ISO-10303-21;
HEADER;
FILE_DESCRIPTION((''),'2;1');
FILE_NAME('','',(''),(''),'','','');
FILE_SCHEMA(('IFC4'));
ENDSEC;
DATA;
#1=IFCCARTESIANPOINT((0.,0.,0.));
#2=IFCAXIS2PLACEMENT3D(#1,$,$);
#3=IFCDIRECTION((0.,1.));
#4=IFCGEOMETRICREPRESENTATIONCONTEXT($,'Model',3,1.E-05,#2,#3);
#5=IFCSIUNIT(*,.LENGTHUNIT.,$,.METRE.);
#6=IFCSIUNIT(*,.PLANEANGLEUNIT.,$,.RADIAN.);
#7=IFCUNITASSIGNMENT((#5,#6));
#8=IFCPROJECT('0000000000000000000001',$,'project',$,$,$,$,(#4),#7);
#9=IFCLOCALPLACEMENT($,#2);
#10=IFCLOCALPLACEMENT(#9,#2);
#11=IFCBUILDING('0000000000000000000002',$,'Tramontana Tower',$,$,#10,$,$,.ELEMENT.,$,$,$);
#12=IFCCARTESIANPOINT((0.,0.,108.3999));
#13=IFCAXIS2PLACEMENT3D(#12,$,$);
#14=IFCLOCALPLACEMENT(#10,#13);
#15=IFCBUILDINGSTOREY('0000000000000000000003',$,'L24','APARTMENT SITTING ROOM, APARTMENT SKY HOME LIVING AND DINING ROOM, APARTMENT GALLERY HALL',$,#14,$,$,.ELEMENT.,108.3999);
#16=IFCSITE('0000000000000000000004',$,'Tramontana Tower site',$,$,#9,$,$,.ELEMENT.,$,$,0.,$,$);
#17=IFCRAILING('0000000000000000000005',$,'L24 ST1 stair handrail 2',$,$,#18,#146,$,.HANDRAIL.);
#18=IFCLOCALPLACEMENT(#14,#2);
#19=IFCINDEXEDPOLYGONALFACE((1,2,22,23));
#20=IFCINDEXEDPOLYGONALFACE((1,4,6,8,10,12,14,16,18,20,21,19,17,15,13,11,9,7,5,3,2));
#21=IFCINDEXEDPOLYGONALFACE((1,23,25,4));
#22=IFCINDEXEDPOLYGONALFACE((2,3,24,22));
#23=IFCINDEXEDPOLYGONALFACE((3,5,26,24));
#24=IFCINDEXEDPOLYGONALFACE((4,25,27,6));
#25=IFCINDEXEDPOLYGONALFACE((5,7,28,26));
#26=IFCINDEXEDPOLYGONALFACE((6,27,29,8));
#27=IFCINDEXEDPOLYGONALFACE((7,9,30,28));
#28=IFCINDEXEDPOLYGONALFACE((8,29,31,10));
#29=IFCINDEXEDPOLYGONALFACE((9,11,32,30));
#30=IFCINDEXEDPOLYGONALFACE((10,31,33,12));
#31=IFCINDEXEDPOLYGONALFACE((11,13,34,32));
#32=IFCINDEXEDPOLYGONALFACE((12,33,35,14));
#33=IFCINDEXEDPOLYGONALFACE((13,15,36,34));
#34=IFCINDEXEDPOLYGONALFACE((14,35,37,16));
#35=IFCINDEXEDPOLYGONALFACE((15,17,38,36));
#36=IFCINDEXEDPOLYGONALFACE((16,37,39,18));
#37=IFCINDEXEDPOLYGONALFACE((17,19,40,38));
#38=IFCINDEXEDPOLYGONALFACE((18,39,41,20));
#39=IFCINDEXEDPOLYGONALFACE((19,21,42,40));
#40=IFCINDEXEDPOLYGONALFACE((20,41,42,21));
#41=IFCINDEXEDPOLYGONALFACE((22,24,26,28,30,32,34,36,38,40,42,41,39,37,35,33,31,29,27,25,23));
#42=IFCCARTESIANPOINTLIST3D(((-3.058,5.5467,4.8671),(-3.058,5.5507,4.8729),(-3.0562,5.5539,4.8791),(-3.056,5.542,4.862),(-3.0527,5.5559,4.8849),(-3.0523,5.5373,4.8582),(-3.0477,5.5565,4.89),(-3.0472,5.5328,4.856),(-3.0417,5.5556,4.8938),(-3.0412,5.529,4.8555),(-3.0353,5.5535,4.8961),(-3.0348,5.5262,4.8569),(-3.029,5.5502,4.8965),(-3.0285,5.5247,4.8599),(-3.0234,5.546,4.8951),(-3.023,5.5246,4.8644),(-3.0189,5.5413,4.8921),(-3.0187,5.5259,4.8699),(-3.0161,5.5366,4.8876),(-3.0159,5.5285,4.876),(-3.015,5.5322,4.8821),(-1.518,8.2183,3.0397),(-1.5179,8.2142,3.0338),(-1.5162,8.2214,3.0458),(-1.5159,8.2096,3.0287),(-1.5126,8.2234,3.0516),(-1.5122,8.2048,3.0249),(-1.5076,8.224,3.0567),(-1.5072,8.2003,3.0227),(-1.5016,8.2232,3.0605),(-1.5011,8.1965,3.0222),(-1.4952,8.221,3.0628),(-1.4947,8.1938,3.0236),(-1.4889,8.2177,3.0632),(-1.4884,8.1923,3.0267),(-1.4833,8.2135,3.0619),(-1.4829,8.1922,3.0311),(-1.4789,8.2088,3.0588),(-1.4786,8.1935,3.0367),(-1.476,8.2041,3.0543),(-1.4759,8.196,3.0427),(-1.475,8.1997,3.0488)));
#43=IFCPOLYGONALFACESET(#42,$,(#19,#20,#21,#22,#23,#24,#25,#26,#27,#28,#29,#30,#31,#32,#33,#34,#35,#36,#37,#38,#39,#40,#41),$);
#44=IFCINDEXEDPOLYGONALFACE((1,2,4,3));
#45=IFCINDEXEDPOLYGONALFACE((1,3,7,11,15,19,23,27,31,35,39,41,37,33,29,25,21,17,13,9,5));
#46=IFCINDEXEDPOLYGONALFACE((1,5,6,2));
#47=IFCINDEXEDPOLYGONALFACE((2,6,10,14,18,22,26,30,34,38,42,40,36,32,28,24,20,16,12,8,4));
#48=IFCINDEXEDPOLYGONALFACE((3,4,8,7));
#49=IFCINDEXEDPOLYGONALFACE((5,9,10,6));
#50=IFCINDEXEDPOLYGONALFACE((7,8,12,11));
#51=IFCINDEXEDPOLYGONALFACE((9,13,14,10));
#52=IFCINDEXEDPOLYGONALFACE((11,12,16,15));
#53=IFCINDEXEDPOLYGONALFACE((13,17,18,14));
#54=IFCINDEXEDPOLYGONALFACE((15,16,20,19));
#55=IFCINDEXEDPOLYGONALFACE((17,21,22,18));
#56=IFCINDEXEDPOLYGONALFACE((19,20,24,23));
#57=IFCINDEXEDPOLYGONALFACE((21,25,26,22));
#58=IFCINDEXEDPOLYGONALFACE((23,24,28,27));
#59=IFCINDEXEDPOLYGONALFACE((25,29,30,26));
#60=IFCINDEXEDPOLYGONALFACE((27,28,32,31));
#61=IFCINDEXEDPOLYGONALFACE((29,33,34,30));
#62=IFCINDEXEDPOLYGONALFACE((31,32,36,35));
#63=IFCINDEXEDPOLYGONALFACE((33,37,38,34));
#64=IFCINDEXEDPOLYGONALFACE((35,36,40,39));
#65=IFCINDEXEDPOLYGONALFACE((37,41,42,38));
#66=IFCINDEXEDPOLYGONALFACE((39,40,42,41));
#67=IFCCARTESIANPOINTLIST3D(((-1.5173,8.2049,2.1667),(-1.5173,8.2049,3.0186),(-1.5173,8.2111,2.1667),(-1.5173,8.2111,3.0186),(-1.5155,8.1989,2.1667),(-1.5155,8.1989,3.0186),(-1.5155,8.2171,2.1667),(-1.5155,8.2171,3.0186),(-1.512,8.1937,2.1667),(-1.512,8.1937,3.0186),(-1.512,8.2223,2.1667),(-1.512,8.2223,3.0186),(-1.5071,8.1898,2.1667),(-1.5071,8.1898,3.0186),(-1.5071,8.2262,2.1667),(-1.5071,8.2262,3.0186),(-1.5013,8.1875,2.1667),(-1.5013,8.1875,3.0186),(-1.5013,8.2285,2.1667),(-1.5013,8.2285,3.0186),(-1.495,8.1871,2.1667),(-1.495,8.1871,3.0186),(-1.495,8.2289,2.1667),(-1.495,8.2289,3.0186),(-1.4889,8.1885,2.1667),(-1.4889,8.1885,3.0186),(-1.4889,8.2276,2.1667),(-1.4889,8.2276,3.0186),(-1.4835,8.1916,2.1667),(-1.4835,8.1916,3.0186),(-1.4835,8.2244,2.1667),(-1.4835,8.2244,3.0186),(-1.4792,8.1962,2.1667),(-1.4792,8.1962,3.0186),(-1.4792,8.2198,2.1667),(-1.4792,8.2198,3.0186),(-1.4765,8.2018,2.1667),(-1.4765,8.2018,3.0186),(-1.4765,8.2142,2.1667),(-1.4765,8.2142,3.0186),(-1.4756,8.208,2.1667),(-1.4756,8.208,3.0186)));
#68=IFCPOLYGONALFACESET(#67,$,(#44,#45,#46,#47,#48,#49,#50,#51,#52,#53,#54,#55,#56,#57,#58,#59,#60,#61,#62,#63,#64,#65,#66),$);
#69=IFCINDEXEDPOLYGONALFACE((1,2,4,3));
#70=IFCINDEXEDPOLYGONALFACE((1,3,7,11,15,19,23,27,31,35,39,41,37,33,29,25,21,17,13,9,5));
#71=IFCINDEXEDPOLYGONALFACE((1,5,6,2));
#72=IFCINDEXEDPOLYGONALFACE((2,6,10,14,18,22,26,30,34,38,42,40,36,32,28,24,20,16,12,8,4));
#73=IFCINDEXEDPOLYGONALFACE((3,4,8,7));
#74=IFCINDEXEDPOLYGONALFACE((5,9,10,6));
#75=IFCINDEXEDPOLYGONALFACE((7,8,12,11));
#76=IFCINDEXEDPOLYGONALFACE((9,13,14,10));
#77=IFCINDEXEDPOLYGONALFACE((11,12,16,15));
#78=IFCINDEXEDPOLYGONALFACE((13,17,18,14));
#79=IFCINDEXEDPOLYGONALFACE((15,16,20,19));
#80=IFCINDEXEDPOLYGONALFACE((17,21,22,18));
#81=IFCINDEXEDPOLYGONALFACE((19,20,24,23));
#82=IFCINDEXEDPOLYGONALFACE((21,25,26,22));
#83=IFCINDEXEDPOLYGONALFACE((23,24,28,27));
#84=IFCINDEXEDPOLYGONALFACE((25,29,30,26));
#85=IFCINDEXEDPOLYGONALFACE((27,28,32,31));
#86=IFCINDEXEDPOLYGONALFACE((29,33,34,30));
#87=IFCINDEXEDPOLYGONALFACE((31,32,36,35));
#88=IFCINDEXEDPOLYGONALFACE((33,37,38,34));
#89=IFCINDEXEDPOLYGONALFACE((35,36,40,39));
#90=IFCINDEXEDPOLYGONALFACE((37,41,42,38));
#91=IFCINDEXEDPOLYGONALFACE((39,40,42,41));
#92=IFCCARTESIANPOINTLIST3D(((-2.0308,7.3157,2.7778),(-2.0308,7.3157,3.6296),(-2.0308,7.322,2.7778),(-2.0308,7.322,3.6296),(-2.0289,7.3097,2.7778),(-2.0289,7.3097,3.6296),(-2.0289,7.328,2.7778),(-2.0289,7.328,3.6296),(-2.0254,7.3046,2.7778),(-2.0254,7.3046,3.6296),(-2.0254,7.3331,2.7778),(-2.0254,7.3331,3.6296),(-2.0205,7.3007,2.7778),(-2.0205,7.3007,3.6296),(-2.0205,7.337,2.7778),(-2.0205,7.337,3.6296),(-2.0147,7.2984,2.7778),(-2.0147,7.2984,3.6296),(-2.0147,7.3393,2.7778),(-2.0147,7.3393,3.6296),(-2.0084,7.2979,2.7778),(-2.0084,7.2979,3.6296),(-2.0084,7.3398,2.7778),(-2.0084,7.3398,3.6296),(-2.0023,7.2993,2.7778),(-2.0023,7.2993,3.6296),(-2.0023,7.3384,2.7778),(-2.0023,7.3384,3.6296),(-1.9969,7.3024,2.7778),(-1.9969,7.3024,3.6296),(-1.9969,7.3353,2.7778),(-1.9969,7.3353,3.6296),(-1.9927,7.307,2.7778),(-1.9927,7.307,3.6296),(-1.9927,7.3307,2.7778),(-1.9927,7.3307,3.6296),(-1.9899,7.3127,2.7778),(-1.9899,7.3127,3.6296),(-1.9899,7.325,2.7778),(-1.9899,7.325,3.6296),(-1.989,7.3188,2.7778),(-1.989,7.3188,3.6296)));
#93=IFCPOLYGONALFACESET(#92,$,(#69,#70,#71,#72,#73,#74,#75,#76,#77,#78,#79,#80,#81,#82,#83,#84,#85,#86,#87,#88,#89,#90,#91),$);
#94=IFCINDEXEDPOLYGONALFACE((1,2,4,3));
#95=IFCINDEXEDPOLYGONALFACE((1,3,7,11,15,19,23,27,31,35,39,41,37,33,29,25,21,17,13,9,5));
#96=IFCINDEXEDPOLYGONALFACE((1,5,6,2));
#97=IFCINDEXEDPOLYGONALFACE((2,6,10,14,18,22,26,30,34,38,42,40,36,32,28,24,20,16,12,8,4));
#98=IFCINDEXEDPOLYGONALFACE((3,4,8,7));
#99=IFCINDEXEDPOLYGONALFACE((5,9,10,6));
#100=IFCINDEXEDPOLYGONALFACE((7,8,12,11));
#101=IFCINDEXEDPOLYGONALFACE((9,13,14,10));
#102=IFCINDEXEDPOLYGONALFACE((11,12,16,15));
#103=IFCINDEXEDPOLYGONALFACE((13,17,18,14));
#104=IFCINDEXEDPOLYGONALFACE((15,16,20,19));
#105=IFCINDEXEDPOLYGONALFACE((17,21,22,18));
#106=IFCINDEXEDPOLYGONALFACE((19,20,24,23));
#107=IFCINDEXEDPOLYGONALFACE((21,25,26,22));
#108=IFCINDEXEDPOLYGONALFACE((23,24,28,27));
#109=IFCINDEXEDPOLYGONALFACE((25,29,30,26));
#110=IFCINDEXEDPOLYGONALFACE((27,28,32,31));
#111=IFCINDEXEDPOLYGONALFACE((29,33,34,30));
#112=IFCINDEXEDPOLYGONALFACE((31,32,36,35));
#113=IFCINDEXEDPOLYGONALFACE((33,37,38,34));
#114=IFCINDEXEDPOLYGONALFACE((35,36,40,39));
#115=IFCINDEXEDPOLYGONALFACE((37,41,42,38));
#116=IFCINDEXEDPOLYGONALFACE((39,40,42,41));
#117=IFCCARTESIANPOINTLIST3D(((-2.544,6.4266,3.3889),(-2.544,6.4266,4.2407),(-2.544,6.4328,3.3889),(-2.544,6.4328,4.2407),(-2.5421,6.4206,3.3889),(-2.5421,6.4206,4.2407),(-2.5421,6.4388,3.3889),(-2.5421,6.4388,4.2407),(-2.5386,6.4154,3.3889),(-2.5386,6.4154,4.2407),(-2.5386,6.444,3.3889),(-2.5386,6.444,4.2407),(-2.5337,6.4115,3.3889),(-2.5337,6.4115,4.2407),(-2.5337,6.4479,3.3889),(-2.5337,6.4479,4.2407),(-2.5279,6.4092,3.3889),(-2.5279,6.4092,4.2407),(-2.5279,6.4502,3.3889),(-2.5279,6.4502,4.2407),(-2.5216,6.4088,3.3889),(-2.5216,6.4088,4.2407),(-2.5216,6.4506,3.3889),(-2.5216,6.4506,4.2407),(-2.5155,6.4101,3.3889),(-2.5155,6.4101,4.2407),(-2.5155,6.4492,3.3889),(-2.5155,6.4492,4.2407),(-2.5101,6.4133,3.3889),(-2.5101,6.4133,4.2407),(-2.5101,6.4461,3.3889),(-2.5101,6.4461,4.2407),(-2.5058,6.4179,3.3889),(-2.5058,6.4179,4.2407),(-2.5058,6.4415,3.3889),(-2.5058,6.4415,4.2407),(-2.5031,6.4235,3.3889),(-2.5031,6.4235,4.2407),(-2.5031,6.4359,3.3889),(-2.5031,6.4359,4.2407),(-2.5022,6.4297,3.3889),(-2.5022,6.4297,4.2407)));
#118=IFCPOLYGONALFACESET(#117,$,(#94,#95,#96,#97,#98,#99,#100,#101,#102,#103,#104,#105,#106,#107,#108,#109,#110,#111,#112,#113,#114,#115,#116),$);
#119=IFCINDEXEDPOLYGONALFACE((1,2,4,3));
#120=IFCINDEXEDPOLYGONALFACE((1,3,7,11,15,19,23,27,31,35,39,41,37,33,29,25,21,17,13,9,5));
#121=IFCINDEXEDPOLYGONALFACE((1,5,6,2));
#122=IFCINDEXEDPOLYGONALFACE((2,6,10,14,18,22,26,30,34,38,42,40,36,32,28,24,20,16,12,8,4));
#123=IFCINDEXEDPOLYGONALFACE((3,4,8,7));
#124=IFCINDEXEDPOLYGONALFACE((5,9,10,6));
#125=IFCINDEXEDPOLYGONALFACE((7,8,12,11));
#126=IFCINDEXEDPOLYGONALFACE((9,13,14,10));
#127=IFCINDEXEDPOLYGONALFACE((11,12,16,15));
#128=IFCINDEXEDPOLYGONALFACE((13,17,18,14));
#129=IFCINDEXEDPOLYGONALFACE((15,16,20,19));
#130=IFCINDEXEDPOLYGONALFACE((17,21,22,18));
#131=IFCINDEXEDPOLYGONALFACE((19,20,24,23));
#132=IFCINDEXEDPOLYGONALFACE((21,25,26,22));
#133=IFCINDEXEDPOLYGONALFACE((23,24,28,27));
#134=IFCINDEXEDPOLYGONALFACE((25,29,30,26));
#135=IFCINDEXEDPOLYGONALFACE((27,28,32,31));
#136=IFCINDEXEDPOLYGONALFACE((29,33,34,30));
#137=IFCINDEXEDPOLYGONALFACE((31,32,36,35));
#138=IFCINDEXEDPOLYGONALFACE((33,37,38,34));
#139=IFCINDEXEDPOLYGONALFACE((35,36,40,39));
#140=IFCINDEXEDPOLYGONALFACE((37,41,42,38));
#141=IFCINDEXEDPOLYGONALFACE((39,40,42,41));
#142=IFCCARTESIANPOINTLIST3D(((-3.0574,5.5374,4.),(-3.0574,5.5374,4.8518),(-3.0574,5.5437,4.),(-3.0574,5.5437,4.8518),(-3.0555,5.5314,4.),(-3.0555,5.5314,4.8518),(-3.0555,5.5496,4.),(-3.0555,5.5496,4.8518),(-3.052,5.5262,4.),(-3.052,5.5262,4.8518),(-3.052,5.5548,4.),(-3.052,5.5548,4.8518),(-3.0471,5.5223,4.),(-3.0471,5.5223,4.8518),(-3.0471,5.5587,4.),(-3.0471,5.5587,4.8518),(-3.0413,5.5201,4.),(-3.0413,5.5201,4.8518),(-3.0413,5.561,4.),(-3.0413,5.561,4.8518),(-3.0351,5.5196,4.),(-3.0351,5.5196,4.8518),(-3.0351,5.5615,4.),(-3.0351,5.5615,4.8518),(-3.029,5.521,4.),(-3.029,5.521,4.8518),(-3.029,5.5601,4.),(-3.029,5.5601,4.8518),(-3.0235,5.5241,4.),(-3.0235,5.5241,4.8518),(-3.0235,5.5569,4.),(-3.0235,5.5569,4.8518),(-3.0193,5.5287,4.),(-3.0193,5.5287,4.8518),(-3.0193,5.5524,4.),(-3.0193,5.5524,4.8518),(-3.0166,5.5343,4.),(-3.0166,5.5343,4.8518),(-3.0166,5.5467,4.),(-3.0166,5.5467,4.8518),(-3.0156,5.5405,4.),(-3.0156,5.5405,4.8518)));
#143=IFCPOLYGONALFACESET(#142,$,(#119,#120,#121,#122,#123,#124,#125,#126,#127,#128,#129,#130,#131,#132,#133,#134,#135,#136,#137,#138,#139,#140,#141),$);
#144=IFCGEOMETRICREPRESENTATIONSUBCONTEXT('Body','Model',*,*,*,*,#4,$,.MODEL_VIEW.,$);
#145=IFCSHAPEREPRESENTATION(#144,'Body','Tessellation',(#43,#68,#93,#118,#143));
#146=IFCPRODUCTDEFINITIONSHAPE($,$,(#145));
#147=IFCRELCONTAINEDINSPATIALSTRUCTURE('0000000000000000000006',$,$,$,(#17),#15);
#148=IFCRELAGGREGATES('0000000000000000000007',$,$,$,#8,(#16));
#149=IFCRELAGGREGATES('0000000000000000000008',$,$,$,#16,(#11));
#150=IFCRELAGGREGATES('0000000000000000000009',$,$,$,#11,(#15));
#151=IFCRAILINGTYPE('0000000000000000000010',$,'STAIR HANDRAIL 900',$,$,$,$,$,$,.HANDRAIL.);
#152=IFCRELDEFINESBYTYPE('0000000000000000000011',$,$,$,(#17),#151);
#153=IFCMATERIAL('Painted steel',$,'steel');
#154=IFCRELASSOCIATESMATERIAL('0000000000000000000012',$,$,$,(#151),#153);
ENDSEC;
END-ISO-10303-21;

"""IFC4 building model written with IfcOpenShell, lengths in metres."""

from ifc_helpers import new_model, si_unit, direction, frame, origin, origin_2d, place, context, subcontext, project, spatial, circle, extrude, material, type_object, element, save


model = new_model("IFC4")

# Units and contexts
model_context = context("Model", 3, precision=1e-05, world=origin(), true_north=direction((0.0, 1.0)))
body_context = subcontext(model_context, "Body", "Model", "MODEL_VIEW")
ifc_project = project(units=[si_unit("LENGTHUNIT", "METRE"), si_unit("PLANEANGLEUNIT", "RADIAN")], contexts=[model_context])

# Site, building, storey
site_placement = place(None, origin())
site = spatial("IfcSite", under=ifc_project, at=site_placement, Name="Tramontana Tower site", CompositionType="ELEMENT", RefElevation=0.0)
building_placement = place(site_placement, origin())
building = spatial("IfcBuilding", under=site, at=building_placement, Name="Tramontana Tower", CompositionType="ELEMENT")
storey_placement = place(building_placement, frame((0.0, 0.0, 108.3999)))
storey = spatial("IfcBuildingStorey", under=building, at=storey_placement, Name="L24", Description="APARTMENT SITTING ROOM, APARTMENT SKY HOME LIVING AND DINING ROOM, APARTMENT GALLERY HALL", CompositionType="ELEMENT", Elevation=108.3999)

# Railing
ifc_material_1 = material(Name="Painted steel", Category="steel")
railing_type_1 = type_object("IfcRailingType", Name="STAIR HANDRAIL 900", PredefinedType="HANDRAIL", material=ifc_material_1)
railing_1_placement = place(storey_placement, frame((-1.4966, 8.208, 2.1667)))
element("IfcRailing", 1, at=railing_1_placement, inside=storey, type_object=railing_type_1, Name="L24 ST1 stair handrail 2", PredefinedType="HANDRAIL", context=body_context, shape_type="SweptSolid", body=[
    extrude(circle(Radius=0.0239, at=origin_2d()), frame((0.0, 0.0, 0.876), z_axis=(-0.429649, -0.74419, 0.511452), x_axis=(0.86603, -0.499992, 0.0)), (0.0, 0.0, 1.0), 3.5845),
    extrude(circle(Radius=0.021, at=origin_2d()), origin(), (0.0, 0.0, 1.0), 0.8518),
    extrude(circle(Radius=0.021, at=origin_2d()), frame((-0.5134, -0.8892, 0.6111)), (0.0, 0.0, 1.0), 0.8518),
    extrude(circle(Radius=0.021, at=origin_2d()), frame((-1.0266, -1.7783, 1.2222)), (0.0, 0.0, 1.0), 0.8518),
    extrude(circle(Radius=0.021, at=origin_2d()), frame((-1.54, -2.6675, 1.8333)), (0.0, 0.0, 1.0), 0.8518),
])

save(model, "model.ifc")
